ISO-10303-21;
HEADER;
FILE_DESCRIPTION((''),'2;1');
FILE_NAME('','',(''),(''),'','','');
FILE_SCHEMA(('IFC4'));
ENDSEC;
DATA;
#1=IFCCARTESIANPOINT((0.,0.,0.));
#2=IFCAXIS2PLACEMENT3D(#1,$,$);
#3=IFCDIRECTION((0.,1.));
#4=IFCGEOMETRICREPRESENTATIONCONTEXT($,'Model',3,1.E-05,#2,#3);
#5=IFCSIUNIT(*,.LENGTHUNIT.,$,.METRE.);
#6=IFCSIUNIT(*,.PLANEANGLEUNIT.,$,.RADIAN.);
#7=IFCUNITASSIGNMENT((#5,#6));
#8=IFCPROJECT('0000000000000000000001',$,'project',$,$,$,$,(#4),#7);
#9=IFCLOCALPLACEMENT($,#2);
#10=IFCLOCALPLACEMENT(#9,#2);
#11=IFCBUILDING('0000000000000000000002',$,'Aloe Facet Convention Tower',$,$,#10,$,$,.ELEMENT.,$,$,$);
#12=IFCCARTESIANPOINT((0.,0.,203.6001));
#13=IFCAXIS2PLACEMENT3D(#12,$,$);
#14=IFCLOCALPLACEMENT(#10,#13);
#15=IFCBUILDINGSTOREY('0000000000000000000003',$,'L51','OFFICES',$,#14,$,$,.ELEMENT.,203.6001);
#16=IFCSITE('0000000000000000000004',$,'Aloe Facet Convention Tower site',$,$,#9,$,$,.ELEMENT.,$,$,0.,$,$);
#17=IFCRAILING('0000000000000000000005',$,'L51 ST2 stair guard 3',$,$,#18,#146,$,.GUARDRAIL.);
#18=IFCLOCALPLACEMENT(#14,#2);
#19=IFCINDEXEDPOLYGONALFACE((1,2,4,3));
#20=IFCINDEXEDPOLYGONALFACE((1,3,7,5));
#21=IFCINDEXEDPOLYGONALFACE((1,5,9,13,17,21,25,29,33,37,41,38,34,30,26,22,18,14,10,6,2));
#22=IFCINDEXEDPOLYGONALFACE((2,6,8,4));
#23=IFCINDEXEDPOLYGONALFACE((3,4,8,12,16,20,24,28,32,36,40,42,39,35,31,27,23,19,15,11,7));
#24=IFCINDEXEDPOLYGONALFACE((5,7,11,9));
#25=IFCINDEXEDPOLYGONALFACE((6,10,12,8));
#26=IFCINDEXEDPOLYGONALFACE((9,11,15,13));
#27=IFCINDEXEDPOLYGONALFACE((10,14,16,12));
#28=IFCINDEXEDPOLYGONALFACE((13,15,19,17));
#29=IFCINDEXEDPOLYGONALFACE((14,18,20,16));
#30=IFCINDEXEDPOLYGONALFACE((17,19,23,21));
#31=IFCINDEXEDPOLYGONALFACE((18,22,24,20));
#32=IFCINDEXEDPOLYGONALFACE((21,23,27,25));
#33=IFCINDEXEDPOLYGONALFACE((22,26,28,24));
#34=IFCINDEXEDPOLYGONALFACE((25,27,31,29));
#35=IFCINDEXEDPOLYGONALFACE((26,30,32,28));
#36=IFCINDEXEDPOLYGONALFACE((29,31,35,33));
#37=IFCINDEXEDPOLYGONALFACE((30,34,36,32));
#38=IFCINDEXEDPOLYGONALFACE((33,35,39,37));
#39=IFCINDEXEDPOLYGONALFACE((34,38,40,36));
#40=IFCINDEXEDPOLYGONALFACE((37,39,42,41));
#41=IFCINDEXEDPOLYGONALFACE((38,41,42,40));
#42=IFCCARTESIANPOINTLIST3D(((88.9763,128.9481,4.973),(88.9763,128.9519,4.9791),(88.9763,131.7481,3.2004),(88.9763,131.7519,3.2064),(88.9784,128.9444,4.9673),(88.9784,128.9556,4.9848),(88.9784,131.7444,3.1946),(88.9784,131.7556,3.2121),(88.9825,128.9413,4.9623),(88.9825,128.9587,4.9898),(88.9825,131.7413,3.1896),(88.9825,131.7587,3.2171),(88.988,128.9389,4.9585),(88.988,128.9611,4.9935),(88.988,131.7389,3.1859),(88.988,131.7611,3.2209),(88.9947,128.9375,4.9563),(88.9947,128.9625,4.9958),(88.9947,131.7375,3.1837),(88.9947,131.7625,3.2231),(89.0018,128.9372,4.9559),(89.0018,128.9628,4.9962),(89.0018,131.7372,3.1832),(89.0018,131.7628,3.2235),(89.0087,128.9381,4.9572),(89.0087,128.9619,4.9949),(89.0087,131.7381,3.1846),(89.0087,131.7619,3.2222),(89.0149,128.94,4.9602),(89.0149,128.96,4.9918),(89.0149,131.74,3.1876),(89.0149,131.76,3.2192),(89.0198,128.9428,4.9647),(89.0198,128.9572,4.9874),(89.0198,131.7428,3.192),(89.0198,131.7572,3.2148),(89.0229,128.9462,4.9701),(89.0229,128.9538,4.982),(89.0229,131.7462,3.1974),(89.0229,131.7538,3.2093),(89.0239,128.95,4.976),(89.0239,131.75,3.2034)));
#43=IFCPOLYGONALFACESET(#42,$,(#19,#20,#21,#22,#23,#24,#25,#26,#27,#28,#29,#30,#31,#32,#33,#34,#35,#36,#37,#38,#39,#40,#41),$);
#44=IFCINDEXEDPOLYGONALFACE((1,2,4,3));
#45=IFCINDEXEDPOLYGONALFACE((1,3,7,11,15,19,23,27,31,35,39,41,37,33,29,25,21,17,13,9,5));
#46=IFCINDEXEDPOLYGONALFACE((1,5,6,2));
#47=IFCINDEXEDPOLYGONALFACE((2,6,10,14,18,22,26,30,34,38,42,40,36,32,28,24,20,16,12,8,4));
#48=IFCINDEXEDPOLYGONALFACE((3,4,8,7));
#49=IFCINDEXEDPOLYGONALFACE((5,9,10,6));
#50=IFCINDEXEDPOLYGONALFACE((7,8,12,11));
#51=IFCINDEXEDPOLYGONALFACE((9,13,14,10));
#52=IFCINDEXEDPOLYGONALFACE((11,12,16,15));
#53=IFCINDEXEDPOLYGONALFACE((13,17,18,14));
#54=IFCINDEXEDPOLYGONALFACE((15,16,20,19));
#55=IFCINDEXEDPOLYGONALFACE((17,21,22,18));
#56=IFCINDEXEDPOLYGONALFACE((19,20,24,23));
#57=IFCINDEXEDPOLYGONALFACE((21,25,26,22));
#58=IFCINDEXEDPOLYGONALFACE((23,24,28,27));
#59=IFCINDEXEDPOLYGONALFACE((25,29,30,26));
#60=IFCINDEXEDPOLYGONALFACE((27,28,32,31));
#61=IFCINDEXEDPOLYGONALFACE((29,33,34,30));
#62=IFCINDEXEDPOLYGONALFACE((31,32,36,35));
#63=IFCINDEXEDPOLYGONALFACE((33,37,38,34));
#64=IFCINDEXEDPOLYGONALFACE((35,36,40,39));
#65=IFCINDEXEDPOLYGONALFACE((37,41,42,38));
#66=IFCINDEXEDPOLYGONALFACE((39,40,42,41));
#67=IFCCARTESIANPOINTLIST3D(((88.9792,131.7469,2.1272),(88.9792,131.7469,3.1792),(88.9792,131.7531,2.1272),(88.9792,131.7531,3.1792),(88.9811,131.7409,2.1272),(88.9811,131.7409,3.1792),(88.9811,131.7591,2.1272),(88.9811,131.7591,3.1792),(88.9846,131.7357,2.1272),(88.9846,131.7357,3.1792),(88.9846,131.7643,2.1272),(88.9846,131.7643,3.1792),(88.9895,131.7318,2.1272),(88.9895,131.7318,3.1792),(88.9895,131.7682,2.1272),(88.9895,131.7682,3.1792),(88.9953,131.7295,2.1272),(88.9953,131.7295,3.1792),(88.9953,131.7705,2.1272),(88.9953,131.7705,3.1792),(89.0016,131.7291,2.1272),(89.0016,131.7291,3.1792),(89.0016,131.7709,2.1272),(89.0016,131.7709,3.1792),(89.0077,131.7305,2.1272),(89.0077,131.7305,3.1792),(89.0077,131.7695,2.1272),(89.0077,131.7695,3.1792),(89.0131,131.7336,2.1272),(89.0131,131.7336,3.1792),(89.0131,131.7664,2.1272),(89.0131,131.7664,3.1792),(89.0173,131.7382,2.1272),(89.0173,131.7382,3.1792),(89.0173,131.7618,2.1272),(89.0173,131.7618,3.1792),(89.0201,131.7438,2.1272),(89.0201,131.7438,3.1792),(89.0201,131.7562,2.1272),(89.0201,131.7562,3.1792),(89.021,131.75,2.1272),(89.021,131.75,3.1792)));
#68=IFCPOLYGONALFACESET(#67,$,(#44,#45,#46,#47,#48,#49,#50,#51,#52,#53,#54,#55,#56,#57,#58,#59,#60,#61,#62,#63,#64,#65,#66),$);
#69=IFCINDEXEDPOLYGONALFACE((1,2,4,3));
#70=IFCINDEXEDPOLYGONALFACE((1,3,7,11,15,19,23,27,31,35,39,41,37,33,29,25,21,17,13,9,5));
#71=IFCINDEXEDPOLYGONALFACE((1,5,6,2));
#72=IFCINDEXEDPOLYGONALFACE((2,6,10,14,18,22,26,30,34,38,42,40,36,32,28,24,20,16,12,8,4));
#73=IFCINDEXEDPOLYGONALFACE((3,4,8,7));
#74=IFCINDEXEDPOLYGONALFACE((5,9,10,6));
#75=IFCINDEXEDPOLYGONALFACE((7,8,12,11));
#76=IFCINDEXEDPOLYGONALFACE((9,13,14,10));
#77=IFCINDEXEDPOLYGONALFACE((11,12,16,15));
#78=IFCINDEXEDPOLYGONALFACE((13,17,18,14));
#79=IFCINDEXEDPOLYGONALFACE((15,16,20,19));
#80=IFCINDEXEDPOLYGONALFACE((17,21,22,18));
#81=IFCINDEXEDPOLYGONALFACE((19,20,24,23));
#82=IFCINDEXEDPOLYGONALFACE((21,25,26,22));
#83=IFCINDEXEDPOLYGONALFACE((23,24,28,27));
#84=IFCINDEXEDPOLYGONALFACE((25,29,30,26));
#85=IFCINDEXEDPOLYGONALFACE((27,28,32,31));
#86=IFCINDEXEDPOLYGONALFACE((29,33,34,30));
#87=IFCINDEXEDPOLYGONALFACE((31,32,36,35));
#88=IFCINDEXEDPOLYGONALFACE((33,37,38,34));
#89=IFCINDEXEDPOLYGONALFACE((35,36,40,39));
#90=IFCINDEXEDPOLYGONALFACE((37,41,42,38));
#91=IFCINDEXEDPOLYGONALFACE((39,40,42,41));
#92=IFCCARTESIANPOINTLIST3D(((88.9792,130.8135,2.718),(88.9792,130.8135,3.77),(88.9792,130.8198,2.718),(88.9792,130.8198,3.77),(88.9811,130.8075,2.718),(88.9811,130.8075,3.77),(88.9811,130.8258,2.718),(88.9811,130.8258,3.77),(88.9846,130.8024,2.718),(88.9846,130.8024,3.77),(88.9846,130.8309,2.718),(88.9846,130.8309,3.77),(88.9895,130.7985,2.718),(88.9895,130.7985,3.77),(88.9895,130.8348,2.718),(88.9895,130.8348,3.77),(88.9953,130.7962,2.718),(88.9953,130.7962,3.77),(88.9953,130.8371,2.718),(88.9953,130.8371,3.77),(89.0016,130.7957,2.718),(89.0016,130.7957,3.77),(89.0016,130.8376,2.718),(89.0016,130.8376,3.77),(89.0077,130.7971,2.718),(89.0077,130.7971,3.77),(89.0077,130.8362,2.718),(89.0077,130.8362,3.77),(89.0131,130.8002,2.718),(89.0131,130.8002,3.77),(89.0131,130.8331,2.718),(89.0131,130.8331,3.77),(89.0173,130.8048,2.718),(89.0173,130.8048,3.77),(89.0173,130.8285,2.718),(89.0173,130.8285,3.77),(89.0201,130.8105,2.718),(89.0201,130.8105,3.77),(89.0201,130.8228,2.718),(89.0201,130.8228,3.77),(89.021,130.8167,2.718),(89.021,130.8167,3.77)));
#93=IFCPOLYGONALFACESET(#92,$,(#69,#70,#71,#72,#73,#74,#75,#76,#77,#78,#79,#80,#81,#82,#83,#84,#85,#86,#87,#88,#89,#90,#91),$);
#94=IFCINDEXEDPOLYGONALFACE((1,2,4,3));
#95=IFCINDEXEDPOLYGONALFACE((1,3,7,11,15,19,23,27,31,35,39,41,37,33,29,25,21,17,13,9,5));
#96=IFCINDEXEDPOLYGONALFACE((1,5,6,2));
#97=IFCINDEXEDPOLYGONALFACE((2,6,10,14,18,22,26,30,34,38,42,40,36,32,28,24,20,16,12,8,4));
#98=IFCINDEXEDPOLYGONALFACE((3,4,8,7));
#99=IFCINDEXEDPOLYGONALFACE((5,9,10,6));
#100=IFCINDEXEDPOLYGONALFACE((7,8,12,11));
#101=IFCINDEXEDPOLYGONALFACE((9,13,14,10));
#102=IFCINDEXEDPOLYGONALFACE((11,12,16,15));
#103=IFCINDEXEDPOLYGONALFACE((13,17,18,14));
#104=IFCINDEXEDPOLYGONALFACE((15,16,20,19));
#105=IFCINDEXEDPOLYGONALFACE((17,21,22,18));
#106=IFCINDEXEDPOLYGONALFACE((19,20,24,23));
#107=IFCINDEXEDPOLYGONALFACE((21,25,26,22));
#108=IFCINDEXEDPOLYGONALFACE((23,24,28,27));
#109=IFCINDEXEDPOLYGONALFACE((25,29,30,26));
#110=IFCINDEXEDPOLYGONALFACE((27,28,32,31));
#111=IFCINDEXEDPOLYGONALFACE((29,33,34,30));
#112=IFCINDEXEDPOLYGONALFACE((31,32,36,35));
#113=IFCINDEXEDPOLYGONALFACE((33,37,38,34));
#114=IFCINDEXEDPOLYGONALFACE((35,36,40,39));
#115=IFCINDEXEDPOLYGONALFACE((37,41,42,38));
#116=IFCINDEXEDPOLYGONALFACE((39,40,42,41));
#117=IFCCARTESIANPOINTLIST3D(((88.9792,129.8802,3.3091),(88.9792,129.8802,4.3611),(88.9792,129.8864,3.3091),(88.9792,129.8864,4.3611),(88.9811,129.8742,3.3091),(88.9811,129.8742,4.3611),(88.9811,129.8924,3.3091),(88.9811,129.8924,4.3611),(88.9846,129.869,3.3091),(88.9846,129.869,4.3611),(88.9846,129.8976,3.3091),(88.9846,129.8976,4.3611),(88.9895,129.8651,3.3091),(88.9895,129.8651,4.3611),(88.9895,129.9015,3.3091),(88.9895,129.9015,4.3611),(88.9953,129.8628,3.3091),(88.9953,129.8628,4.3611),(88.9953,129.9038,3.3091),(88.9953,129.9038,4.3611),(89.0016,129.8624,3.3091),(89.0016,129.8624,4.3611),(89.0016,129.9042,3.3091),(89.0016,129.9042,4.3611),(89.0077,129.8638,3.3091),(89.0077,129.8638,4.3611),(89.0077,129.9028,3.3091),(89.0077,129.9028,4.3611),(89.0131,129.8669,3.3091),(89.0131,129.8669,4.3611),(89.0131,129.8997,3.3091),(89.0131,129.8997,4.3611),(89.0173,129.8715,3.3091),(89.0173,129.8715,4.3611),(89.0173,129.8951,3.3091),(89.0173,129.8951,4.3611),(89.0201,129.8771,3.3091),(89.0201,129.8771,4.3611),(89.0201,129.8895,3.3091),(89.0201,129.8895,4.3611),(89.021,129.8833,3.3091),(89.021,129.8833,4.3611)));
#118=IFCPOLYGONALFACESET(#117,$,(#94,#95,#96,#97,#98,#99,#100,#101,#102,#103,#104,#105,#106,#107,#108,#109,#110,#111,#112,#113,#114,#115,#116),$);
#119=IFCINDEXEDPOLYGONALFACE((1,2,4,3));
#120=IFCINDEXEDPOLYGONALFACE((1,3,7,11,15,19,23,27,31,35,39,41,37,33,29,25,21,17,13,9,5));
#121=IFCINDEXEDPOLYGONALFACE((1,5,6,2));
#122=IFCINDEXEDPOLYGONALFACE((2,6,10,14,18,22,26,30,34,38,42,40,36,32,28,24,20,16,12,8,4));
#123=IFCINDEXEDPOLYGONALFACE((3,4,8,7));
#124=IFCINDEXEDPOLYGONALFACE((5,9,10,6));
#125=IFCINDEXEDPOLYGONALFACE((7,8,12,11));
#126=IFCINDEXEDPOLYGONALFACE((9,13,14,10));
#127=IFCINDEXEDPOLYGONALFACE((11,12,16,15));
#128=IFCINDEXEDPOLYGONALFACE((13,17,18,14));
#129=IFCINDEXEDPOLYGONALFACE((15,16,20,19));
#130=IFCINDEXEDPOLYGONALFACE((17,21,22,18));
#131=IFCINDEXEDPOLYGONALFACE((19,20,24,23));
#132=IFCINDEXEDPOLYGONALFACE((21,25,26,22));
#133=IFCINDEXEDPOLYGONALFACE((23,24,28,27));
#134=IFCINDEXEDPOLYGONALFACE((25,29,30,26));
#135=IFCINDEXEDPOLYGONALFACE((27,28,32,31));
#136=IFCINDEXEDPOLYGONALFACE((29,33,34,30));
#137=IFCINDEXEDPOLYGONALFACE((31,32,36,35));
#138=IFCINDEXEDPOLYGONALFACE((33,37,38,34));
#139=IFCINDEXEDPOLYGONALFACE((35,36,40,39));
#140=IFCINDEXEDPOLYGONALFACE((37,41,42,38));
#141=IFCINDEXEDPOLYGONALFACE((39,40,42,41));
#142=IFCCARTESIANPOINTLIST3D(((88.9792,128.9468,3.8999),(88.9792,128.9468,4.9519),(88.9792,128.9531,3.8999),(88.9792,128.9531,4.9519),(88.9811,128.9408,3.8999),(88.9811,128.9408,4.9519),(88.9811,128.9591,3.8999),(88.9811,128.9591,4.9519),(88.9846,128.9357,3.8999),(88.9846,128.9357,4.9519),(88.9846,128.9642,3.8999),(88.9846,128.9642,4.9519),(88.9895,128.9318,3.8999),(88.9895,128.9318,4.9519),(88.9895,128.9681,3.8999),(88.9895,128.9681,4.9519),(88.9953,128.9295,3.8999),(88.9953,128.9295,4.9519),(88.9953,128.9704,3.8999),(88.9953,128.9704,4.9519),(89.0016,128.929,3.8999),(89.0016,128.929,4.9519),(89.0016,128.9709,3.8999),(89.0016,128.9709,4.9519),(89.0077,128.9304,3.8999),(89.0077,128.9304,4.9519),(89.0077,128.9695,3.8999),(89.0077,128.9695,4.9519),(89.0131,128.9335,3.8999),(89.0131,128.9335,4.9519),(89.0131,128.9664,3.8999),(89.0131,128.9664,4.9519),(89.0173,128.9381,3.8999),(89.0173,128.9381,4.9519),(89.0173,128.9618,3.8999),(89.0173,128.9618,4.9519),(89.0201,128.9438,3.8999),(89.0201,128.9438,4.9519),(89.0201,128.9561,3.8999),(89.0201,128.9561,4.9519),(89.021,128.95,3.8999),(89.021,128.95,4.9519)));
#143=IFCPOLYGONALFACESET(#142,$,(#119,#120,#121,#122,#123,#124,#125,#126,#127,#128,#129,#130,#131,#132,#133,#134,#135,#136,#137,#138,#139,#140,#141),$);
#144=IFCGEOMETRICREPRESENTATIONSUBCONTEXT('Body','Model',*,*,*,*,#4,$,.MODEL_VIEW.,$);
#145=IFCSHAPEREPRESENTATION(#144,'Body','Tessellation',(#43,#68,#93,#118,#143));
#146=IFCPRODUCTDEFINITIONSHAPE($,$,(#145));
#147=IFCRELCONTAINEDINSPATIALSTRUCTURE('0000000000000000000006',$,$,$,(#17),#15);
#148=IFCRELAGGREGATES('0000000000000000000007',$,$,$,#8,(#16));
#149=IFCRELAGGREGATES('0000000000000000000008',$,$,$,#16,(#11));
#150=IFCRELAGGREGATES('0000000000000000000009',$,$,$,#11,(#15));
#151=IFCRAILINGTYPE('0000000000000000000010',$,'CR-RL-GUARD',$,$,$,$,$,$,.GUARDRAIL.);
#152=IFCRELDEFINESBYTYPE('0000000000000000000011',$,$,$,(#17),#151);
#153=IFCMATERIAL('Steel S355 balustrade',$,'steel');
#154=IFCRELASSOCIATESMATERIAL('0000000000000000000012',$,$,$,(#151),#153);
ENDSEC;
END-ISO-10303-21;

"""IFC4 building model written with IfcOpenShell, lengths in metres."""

from ifc_helpers import new_model, si_unit, direction, frame, origin, origin_2d, place, context, subcontext, project, spatial, circle, extrude, material, type_object, element, save


model = new_model("IFC4")

# Units and contexts
model_context = context("Model", 3, precision=1e-05, world=origin(), true_north=direction((0.0, 1.0)))
body_context = subcontext(model_context, "Body", "Model", "MODEL_VIEW")
ifc_project = project(units=[si_unit("LENGTHUNIT", "METRE"), si_unit("PLANEANGLEUNIT", "RADIAN")], contexts=[model_context])

# Site, building, storey
site_placement = place(None, origin())
site = spatial("IfcSite", under=ifc_project, at=site_placement, Name="Aloe Facet Convention Tower site", CompositionType="ELEMENT", RefElevation=0.0)
building_placement = place(site_placement, origin())
building = spatial("IfcBuilding", under=site, at=building_placement, Name="Aloe Facet Convention Tower", CompositionType="ELEMENT")
storey_placement = place(building_placement, frame((0.0, 0.0, 203.6001)))
storey = spatial("IfcBuildingStorey", under=building, at=storey_placement, Name="L51", Description="OFFICES", CompositionType="ELEMENT", Elevation=203.6001)

# Railing
ifc_material_1 = material(Name="Steel S355 balustrade", Category="steel")
railing_type_1 = type_object("IfcRailingType", Name="CR-RL-GUARD", PredefinedType="GUARDRAIL", material=ifc_material_1)
railing_1_placement = place(storey_placement, frame((89.0, 131.75, 2.1272)))
element("IfcRailing", 1, at=railing_1_placement, inside=storey, type_object=railing_type_1, Name="L51 ST2 stair guard 3", PredefinedType="GUARDRAIL", context=body_context, shape_type="SweptSolid", body=[
    extrude(circle(Radius=0.0239, at=origin_2d()), frame((0.0, 0.0, 1.0762), z_axis=(0.0, -0.844909, 0.53491), x_axis=(1.0, 0.0, 0.0)), (0.0, 0.0, 1.0), 3.314),
    extrude(circle(Radius=0.021, at=origin_2d()), origin(), (0.0, 0.0, 1.0), 1.052),
    extrude(circle(Radius=0.021, at=origin_2d()), frame((0.0, -0.9333, 0.5908)), (0.0, 0.0, 1.0), 1.052),
    extrude(circle(Radius=0.021, at=origin_2d()), frame((0.0, -1.8667, 1.1819)), (0.0, 0.0, 1.0), 1.052),
    extrude(circle(Radius=0.021, at=origin_2d()), frame((0.0, -2.8, 1.7727)), (0.0, 0.0, 1.0), 1.052),
])

save(model, "model.ifc")
